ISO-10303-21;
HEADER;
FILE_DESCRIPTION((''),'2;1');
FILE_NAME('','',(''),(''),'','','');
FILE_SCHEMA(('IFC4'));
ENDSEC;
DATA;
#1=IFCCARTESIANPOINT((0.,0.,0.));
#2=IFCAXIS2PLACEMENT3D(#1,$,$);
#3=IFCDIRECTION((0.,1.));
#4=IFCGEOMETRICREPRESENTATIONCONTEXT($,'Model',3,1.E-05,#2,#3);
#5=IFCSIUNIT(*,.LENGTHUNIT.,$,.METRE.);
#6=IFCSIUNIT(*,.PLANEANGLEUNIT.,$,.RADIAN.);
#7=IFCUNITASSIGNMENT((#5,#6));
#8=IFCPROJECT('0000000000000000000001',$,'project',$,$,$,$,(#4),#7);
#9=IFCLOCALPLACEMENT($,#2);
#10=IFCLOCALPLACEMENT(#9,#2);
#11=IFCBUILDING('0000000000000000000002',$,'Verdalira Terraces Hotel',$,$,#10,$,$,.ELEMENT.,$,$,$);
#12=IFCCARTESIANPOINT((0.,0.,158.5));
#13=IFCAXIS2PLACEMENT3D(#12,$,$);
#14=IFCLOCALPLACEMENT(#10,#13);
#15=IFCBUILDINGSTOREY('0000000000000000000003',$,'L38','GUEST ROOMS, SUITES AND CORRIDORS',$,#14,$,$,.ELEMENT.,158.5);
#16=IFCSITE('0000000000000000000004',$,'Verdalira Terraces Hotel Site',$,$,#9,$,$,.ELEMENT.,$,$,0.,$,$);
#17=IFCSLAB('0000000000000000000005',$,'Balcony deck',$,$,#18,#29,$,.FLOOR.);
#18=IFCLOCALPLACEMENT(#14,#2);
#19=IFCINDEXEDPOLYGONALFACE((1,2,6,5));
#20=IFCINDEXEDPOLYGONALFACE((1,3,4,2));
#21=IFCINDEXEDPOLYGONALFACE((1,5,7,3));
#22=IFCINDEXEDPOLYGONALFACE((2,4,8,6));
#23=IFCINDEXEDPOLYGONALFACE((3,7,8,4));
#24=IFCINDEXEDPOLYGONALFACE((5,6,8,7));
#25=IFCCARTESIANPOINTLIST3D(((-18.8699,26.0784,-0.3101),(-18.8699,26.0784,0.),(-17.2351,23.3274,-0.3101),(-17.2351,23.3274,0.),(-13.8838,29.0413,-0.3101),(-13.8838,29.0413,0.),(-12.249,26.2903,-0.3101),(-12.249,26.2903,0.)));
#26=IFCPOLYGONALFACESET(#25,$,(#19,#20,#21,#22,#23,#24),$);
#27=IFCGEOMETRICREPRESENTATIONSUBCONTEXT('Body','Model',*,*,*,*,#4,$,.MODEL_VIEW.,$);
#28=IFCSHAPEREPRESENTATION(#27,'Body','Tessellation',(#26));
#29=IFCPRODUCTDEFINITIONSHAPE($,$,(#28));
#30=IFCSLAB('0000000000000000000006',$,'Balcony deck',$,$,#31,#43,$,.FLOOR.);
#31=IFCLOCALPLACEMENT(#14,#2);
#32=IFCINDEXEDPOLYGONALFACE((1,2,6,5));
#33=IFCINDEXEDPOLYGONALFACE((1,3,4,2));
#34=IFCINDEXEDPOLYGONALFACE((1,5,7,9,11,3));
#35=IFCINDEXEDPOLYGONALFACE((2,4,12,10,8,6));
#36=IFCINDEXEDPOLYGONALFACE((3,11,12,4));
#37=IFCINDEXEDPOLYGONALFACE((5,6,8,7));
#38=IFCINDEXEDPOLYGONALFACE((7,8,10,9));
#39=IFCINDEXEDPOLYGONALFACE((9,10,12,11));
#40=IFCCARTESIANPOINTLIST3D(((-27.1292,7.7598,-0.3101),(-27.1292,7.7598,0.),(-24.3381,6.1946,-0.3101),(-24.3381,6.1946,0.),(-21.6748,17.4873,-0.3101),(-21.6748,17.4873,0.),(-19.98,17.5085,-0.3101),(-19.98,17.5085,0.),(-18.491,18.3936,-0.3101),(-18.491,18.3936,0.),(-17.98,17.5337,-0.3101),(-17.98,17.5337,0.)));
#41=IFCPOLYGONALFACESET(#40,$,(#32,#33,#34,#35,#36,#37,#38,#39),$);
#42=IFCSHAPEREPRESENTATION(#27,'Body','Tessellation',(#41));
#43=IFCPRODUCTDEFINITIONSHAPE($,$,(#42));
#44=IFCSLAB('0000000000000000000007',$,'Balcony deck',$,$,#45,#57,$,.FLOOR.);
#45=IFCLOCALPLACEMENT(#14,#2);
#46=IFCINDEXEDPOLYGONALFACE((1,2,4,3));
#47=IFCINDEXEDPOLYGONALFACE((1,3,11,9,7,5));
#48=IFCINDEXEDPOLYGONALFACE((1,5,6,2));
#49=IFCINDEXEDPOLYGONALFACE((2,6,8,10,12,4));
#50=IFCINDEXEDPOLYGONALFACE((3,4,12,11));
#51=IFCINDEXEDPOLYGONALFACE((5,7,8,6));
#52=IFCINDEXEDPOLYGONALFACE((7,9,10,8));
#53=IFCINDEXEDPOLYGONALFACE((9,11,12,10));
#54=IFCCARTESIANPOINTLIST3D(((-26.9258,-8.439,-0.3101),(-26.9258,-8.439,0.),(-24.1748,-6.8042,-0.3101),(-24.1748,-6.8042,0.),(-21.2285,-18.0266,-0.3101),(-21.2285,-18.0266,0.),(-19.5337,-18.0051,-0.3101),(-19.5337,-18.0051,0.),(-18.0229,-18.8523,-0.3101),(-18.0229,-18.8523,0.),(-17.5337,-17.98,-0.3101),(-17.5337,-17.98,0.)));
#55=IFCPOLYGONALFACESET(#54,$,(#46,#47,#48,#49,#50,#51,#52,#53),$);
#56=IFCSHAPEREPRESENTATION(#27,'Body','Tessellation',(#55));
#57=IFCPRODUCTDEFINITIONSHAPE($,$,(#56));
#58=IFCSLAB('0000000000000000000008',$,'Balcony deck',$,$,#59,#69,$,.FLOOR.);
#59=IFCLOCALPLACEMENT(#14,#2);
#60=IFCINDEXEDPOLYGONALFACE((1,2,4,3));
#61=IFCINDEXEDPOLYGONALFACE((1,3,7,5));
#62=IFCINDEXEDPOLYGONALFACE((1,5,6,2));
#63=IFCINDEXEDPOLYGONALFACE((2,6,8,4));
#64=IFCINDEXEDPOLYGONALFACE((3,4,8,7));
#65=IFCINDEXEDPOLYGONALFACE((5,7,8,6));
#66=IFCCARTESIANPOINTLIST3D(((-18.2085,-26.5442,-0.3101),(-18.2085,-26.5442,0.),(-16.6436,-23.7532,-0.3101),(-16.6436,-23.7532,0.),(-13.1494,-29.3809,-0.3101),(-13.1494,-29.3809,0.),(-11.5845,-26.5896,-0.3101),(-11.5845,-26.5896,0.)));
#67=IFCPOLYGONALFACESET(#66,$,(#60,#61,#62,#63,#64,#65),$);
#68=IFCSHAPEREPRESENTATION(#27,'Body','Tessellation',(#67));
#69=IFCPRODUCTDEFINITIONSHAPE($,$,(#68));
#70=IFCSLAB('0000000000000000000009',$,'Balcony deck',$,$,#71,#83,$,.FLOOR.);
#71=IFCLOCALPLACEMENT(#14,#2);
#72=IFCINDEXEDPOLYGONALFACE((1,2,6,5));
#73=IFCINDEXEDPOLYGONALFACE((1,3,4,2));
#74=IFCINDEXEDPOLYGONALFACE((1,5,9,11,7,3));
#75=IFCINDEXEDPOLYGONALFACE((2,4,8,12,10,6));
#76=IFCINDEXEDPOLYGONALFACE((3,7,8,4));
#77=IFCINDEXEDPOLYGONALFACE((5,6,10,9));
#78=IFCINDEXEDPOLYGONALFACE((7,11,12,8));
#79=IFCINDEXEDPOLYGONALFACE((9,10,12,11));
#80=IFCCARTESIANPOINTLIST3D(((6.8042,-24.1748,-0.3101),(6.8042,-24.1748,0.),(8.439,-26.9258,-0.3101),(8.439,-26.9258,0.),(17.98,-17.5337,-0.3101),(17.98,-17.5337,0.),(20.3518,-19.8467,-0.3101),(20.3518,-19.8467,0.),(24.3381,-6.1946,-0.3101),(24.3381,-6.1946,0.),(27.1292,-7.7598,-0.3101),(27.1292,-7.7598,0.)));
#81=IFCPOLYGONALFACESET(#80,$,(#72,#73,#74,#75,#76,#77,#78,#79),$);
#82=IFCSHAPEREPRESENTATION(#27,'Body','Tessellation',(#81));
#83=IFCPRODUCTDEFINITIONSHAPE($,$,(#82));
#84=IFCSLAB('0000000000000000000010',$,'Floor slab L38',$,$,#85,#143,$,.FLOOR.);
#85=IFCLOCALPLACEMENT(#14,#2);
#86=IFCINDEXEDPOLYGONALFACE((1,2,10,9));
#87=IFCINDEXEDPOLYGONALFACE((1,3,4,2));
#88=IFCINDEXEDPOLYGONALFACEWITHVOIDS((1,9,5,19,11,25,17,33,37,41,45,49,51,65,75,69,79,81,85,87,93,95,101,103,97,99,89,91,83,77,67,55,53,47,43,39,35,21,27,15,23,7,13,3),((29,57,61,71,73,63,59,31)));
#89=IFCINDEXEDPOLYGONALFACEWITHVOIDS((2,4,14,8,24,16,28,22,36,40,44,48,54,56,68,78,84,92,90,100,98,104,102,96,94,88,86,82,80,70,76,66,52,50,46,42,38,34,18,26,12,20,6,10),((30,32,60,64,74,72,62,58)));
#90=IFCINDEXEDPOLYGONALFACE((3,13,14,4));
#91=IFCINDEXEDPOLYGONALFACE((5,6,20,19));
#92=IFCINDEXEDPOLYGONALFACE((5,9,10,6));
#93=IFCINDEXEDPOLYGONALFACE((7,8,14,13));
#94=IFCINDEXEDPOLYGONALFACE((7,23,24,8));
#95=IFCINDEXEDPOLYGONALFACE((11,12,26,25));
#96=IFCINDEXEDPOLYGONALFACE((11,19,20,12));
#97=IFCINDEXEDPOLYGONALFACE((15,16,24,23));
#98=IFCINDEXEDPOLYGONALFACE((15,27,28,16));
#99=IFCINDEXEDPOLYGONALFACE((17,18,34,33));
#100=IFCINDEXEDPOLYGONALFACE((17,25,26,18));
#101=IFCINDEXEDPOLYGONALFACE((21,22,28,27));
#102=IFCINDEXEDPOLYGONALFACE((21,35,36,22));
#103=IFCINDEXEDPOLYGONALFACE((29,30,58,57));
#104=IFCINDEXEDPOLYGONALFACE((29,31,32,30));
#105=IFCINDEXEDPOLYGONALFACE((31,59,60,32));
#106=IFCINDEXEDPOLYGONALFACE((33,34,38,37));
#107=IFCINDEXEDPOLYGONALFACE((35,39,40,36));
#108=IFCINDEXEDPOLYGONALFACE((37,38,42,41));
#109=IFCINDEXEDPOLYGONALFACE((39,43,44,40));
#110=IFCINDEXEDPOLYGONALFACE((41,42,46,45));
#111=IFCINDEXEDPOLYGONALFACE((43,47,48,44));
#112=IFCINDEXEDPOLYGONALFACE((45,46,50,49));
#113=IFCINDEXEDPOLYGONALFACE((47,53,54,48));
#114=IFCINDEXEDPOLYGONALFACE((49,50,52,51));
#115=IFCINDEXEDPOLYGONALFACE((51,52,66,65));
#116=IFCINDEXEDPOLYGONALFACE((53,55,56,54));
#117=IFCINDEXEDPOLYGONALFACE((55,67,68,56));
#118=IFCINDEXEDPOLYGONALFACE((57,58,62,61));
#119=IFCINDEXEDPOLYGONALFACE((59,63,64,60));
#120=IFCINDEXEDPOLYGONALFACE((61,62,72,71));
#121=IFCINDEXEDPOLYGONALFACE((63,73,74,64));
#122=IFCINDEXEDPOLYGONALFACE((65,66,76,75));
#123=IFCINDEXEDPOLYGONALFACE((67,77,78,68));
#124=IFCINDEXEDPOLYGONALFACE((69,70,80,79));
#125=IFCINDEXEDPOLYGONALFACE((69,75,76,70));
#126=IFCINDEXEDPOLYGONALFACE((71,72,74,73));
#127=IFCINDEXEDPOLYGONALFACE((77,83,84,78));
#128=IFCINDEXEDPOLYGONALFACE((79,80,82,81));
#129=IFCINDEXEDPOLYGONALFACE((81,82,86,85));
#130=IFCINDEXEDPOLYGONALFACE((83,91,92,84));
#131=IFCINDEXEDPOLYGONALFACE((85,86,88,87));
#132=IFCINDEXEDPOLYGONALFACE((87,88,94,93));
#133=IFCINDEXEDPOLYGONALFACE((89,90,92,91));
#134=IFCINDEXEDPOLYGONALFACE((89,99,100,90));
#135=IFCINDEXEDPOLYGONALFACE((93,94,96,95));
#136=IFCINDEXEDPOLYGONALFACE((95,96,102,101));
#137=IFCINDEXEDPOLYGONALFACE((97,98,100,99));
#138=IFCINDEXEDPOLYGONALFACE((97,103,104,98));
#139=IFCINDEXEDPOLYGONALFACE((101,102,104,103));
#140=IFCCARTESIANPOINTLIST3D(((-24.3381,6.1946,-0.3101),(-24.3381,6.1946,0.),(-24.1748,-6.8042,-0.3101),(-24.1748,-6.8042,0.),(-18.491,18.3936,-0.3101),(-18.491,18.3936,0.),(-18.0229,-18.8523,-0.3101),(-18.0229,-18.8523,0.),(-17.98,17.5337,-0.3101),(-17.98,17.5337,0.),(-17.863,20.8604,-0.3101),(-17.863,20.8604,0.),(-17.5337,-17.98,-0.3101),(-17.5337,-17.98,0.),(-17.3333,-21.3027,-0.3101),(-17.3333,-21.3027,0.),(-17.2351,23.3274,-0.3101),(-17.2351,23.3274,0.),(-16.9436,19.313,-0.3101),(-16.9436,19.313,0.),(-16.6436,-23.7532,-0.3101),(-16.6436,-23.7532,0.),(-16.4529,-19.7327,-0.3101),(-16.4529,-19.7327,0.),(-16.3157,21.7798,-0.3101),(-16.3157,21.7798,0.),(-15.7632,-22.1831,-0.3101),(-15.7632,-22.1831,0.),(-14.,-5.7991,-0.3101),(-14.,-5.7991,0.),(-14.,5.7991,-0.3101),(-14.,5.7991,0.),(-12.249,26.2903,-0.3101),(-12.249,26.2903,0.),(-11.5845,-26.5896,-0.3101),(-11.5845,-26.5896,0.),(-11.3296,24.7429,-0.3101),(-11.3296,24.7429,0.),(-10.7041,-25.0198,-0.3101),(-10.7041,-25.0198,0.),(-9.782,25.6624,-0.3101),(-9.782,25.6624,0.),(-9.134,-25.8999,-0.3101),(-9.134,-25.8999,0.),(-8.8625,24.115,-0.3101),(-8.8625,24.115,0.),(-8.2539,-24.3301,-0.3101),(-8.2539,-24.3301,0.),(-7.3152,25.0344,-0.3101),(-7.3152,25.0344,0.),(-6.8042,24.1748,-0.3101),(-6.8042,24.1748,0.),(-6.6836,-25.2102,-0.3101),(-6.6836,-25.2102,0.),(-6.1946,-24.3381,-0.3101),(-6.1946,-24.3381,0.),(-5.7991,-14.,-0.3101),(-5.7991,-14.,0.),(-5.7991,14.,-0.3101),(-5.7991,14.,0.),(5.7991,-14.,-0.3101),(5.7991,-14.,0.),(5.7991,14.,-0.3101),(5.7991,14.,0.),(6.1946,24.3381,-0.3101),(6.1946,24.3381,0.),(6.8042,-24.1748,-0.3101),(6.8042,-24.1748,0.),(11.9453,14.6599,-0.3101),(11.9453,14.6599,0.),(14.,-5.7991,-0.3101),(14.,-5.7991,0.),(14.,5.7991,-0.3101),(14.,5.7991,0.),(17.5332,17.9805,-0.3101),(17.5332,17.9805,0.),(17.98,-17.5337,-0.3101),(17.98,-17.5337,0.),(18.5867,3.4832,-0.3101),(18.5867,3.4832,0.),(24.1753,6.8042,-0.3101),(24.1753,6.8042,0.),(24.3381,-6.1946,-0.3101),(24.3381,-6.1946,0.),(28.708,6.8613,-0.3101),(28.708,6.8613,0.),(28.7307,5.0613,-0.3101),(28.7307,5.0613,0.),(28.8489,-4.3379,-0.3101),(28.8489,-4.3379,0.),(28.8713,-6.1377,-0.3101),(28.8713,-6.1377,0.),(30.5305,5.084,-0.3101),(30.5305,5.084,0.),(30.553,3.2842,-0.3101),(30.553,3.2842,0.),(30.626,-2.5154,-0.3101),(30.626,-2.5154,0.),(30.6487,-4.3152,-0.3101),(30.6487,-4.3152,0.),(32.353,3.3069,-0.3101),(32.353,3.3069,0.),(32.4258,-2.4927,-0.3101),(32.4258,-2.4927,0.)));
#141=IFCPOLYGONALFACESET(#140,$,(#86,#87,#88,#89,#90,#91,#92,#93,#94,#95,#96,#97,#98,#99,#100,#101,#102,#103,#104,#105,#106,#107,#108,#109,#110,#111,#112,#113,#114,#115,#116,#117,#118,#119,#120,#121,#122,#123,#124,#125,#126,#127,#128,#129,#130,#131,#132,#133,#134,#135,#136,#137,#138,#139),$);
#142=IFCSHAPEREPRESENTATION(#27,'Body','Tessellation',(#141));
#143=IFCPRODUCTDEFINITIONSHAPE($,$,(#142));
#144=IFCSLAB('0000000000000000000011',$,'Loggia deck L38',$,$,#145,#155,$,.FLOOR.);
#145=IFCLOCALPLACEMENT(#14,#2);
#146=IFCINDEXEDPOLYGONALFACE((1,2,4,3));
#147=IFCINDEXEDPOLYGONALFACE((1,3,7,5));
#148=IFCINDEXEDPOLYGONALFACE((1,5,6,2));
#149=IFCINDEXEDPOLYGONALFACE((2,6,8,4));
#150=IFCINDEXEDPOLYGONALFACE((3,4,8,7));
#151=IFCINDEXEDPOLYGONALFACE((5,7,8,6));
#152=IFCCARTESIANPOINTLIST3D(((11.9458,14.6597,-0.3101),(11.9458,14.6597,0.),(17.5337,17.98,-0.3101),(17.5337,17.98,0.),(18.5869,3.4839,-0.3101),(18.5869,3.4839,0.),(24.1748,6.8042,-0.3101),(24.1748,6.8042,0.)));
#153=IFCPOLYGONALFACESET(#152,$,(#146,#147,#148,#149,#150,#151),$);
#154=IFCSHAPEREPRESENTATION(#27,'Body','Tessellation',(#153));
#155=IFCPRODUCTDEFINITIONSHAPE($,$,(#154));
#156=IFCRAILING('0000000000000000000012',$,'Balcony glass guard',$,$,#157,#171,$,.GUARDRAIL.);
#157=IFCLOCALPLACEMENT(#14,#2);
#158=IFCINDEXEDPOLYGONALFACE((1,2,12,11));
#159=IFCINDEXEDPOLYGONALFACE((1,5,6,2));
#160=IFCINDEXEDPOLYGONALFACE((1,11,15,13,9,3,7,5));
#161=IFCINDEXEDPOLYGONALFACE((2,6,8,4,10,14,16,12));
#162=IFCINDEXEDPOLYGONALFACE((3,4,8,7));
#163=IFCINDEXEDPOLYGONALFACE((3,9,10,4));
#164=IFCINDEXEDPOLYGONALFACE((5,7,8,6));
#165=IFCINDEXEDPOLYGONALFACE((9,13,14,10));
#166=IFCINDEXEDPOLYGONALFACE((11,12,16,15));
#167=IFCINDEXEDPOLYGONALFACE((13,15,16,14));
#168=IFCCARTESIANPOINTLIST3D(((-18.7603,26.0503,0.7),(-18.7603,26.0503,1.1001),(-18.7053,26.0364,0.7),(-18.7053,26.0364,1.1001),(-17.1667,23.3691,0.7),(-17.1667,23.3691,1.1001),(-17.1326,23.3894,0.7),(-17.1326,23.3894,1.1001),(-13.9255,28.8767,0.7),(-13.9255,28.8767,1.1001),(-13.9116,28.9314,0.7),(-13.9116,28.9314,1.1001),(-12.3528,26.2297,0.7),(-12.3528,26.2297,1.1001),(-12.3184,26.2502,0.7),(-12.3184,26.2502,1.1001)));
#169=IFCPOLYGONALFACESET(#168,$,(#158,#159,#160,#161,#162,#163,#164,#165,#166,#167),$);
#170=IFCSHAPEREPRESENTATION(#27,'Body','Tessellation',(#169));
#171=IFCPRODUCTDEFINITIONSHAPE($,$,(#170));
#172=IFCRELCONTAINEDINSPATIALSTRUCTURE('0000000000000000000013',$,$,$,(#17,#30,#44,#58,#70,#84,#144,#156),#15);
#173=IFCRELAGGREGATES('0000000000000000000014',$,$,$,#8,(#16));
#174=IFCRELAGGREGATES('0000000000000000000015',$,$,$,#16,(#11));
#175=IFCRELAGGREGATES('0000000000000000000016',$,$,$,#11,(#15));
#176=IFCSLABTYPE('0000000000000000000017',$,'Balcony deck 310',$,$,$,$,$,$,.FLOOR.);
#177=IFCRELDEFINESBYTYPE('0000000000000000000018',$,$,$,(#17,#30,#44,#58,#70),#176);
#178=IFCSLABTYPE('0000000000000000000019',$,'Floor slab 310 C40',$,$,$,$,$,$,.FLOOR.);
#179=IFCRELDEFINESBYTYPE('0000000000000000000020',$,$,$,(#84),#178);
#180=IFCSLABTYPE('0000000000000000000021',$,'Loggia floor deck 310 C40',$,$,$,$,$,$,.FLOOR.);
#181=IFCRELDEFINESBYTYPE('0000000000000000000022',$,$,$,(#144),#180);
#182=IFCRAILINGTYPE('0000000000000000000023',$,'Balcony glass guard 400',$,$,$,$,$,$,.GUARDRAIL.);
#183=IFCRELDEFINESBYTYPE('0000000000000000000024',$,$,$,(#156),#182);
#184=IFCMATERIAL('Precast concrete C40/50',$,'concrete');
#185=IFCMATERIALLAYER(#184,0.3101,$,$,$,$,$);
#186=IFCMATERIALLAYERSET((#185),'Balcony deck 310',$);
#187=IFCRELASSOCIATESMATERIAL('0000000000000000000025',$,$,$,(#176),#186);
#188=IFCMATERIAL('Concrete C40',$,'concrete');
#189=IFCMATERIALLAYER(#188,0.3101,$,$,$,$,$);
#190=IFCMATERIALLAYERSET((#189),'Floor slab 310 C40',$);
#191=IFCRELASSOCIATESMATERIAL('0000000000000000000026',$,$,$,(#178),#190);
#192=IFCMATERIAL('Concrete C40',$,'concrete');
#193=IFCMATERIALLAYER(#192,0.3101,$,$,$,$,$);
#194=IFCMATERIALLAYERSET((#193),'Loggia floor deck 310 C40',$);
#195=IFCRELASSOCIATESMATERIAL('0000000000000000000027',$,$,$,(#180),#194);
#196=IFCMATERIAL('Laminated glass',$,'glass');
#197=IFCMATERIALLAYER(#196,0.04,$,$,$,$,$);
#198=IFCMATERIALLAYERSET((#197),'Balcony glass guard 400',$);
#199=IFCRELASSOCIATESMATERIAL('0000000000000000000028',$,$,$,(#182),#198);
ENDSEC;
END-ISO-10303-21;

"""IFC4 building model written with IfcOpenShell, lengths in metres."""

from ifc_helpers import new_model, si_unit, direction, frame, origin, place, context, subcontext, project, spatial, polyline, outline, extrude, material, layer, layer_set, type_object, element, save


model = new_model("IFC4")

# Units and contexts
model_context = context("Model", 3, precision=1e-05, world=origin(), true_north=direction((0.0, 1.0)))
body_context = subcontext(model_context, "Body", "Model", "MODEL_VIEW")
ifc_project = project(units=[si_unit("LENGTHUNIT", "METRE"), si_unit("PLANEANGLEUNIT", "RADIAN")], contexts=[model_context])

# Site, building, storey
site_placement = place(None, origin())
site = spatial("IfcSite", under=ifc_project, at=site_placement, Name="Verdalira Terraces Hotel Site", CompositionType="ELEMENT", RefElevation=0.0)
building_placement = place(site_placement, origin())
building = spatial("IfcBuilding", under=site, at=building_placement, Name="Verdalira Terraces Hotel", CompositionType="ELEMENT")
storey_placement = place(building_placement, frame((0.0, 0.0, 158.5)))
storey = spatial("IfcBuildingStorey", under=building, at=storey_placement, Name="L38", Description="GUEST ROOMS, SUITES AND CORRIDORS", CompositionType="ELEMENT", Elevation=158.5)

# Slabs
ifc_material_1 = material(Name="Precast concrete C40/50", Category="concrete")
ifc_layer_1 = layer(ifc_material_1, 0.3101)
ifc_layer_set_1 = layer_set([ifc_layer_1], Name="Balcony deck 310")
slab_type_1 = type_object("IfcSlabType", Name="Balcony deck 310", PredefinedType="FLOOR", material=ifc_layer_set_1)
slab_1_placement = place(storey_placement, frame((0.0, 0.0, -0.3101)))
element("IfcSlab", 1, at=slab_1_placement, inside=storey, type_object=slab_type_1, Name="Balcony deck", PredefinedType="FLOOR", context=body_context, shape_type="SweptSolid", body=[
    extrude(outline(polyline([(-18.8699, 26.0784), (-17.2351, 23.3274), (-12.249, 26.2903), (-13.8838, 29.0413), (-18.8699, 26.0784)])), origin(), (0.0, 0.0, 1.0), 0.3101),
])
slab_2_placement = place(storey_placement, frame((0.0, 0.0, -0.3101)))
element("IfcSlab", 2, at=slab_2_placement, inside=storey, type_object=slab_type_1, Name="Balcony deck", PredefinedType="FLOOR", context=body_context, shape_type="SweptSolid", body=[
    extrude(outline(polyline([(-21.6748, 17.4873), (-27.1291, 7.7598), (-24.3381, 6.1946), (-17.98, 17.5337), (-18.491, 18.3936), (-19.98, 17.5085), (-21.6748, 17.4873)])), origin(), (0.0, 0.0, 1.0), 0.3101),
])
slab_3_placement = place(storey_placement, frame((0.0, 0.0, -0.3101)))
element("IfcSlab", 3, at=slab_3_placement, inside=storey, type_object=slab_type_1, Name="Balcony deck", PredefinedType="FLOOR", context=body_context, shape_type="SweptSolid", body=[
    extrude(outline(polyline([(-26.9258, -8.439), (-21.2285, -18.0266), (-19.5337, -18.0051), (-18.0229, -18.8523), (-17.5337, -17.98), (-24.1748, -6.8042), (-26.9258, -8.439)])), origin(), (0.0, 0.0, 1.0), 0.3101),
])
slab_4_placement = place(storey_placement, frame((0.0, 0.0, -0.3101)))
element("IfcSlab", 4, at=slab_4_placement, inside=storey, type_object=slab_type_1, Name="Balcony deck", PredefinedType="FLOOR", context=body_context, shape_type="SweptSolid", body=[
    extrude(outline(polyline([(-13.1494, -29.3809), (-11.5845, -26.5896), (-16.6436, -23.7532), (-18.2085, -26.5442), (-13.1494, -29.3809)])), origin(), (0.0, 0.0, 1.0), 0.3101),
])
slab_5_placement = place(storey_placement, frame((0.0, 0.0, -0.3101)))
element("IfcSlab", 5, at=slab_5_placement, inside=storey, type_object=slab_type_1, Name="Balcony deck", PredefinedType="FLOOR", context=body_context, shape_type="SweptSolid", body=[
    extrude(outline(polyline([(27.1291, -7.7598), (24.3381, -6.1946), (17.98, -17.5337), (6.8042, -24.1748), (8.439, -26.9258), (20.3518, -19.8467), (27.1291, -7.7598)])), origin(), (0.0, 0.0, 1.0), 0.3101),
])
ifc_material_2 = material(Name="Concrete C40", Category="concrete")
ifc_layer_2 = layer(ifc_material_2, 0.3101)
ifc_layer_set_2 = layer_set([ifc_layer_2], Name="Floor slab 310 C40")
slab_type_2 = type_object("IfcSlabType", Name="Floor slab 310 C40", PredefinedType="FLOOR", material=ifc_layer_set_2)
slab_6_placement = place(storey_placement, frame((0.0, 0.0, -0.3101)))
element("IfcSlab", 6, at=slab_6_placement, inside=storey, type_object=slab_type_2, Name="Floor slab L38", PredefinedType="FLOOR", context=body_context, shape_type="SweptSolid", body=[
    extrude(outline(polyline([(28.7307, 5.0613), (28.708, 6.8613), (24.1753, 6.8042), (24.1753, 6.8042), (18.5867, 3.4832), (11.9453, 14.6599), (17.5332, 17.9805), (6.1946, 24.3381), (-6.8042, 24.1748), (-7.3152, 25.0344), (-8.8625, 24.115), (-9.782, 25.6624), (-11.3296, 24.7429), (-12.249, 26.2903), (-17.2351, 23.3274), (-16.3157, 21.7798), (-17.863, 20.8604), (-16.9436, 19.313), (-18.491, 18.3936), (-17.98, 17.5337), (-24.3381, 6.1946), (-24.1748, -6.8042), (-17.5337, -17.98), (-18.0229, -18.8523), (-16.4529, -19.7327), (-17.3333, -21.3027), (-15.7632, -22.1831), (-16.6436, -23.7532), (-11.5845, -26.5896), (-10.7041, -25.0198), (-9.134, -25.8999), (-8.2539, -24.3301), (-6.6836, -25.2102), (-6.1946, -24.3381), (6.8042, -24.1748), (17.98, -17.5337), (24.3381, -6.1946), (28.8713, -6.1377), (28.8489, -4.3379), (30.6487, -4.3152), (30.626, -2.5154), (32.4258, -2.4927), (32.353, 3.3069), (30.553, 3.2842), (30.5305, 5.084), (28.7307, 5.0613)]), holes=[polyline([(5.7991, 14.0), (14.0, 5.7991), (14.0, -5.7991), (5.7991, -14.0), (-5.7991, -14.0), (-14.0, -5.7991), (-14.0, 5.7991), (-5.7991, 14.0), (5.7991, 14.0)])]), origin(), (0.0, 0.0, 1.0), 0.3101),
])
ifc_material_3 = material(Name="Concrete C40", Category="concrete")
ifc_layer_3 = layer(ifc_material_3, 0.3101)
ifc_layer_set_3 = layer_set([ifc_layer_3], Name="Loggia floor deck 310 C40")
slab_type_3 = type_object("IfcSlabType", Name="Loggia floor deck 310 C40", PredefinedType="FLOOR", material=ifc_layer_set_3)
slab_7_placement = place(storey_placement, frame((0.0, 0.0, -0.3101)))
element("IfcSlab", 7, at=slab_7_placement, inside=storey, type_object=slab_type_3, Name="Loggia deck L38", PredefinedType="FLOOR", context=body_context, shape_type="SweptSolid", body=[
    extrude(outline(polyline([(18.5869, 3.4839), (24.1748, 6.8042), (17.5337, 17.98), (11.9458, 14.6597), (18.5869, 3.4839)])), origin(), (0.0, 0.0, 1.0), 0.3101),
])

# Railing
ifc_material_4 = material(Name="Laminated glass", Category="glass")
ifc_layer_4 = layer(ifc_material_4, 0.04)
ifc_layer_set_4 = layer_set([ifc_layer_4], Name="Balcony glass guard 400")
railing_type = type_object("IfcRailingType", Name="Balcony glass guard 400", PredefinedType="GUARDRAIL", material=ifc_layer_set_4)
railing_1_placement = place(storey_placement, frame((0.0, 0.0, 0.7)))
element("IfcRailing", 8, at=railing_1_placement, inside=storey, type_object=railing_type, Name="Balcony glass guard", PredefinedType="GUARDRAIL", context=body_context, shape_type="SweptSolid", body=[
    extrude(outline(polyline([(-13.9255, 28.8767), (-18.7053, 26.0364), (-17.1326, 23.3894), (-17.1667, 23.3691), (-18.7603, 26.0503), (-13.9116, 28.9314), (-12.3184, 26.2502), (-12.3528, 26.2297), (-13.9255, 28.8767)])), origin(), (0.0, 0.0, 1.0), 0.4001),
])

save(model, "model.ifc")
